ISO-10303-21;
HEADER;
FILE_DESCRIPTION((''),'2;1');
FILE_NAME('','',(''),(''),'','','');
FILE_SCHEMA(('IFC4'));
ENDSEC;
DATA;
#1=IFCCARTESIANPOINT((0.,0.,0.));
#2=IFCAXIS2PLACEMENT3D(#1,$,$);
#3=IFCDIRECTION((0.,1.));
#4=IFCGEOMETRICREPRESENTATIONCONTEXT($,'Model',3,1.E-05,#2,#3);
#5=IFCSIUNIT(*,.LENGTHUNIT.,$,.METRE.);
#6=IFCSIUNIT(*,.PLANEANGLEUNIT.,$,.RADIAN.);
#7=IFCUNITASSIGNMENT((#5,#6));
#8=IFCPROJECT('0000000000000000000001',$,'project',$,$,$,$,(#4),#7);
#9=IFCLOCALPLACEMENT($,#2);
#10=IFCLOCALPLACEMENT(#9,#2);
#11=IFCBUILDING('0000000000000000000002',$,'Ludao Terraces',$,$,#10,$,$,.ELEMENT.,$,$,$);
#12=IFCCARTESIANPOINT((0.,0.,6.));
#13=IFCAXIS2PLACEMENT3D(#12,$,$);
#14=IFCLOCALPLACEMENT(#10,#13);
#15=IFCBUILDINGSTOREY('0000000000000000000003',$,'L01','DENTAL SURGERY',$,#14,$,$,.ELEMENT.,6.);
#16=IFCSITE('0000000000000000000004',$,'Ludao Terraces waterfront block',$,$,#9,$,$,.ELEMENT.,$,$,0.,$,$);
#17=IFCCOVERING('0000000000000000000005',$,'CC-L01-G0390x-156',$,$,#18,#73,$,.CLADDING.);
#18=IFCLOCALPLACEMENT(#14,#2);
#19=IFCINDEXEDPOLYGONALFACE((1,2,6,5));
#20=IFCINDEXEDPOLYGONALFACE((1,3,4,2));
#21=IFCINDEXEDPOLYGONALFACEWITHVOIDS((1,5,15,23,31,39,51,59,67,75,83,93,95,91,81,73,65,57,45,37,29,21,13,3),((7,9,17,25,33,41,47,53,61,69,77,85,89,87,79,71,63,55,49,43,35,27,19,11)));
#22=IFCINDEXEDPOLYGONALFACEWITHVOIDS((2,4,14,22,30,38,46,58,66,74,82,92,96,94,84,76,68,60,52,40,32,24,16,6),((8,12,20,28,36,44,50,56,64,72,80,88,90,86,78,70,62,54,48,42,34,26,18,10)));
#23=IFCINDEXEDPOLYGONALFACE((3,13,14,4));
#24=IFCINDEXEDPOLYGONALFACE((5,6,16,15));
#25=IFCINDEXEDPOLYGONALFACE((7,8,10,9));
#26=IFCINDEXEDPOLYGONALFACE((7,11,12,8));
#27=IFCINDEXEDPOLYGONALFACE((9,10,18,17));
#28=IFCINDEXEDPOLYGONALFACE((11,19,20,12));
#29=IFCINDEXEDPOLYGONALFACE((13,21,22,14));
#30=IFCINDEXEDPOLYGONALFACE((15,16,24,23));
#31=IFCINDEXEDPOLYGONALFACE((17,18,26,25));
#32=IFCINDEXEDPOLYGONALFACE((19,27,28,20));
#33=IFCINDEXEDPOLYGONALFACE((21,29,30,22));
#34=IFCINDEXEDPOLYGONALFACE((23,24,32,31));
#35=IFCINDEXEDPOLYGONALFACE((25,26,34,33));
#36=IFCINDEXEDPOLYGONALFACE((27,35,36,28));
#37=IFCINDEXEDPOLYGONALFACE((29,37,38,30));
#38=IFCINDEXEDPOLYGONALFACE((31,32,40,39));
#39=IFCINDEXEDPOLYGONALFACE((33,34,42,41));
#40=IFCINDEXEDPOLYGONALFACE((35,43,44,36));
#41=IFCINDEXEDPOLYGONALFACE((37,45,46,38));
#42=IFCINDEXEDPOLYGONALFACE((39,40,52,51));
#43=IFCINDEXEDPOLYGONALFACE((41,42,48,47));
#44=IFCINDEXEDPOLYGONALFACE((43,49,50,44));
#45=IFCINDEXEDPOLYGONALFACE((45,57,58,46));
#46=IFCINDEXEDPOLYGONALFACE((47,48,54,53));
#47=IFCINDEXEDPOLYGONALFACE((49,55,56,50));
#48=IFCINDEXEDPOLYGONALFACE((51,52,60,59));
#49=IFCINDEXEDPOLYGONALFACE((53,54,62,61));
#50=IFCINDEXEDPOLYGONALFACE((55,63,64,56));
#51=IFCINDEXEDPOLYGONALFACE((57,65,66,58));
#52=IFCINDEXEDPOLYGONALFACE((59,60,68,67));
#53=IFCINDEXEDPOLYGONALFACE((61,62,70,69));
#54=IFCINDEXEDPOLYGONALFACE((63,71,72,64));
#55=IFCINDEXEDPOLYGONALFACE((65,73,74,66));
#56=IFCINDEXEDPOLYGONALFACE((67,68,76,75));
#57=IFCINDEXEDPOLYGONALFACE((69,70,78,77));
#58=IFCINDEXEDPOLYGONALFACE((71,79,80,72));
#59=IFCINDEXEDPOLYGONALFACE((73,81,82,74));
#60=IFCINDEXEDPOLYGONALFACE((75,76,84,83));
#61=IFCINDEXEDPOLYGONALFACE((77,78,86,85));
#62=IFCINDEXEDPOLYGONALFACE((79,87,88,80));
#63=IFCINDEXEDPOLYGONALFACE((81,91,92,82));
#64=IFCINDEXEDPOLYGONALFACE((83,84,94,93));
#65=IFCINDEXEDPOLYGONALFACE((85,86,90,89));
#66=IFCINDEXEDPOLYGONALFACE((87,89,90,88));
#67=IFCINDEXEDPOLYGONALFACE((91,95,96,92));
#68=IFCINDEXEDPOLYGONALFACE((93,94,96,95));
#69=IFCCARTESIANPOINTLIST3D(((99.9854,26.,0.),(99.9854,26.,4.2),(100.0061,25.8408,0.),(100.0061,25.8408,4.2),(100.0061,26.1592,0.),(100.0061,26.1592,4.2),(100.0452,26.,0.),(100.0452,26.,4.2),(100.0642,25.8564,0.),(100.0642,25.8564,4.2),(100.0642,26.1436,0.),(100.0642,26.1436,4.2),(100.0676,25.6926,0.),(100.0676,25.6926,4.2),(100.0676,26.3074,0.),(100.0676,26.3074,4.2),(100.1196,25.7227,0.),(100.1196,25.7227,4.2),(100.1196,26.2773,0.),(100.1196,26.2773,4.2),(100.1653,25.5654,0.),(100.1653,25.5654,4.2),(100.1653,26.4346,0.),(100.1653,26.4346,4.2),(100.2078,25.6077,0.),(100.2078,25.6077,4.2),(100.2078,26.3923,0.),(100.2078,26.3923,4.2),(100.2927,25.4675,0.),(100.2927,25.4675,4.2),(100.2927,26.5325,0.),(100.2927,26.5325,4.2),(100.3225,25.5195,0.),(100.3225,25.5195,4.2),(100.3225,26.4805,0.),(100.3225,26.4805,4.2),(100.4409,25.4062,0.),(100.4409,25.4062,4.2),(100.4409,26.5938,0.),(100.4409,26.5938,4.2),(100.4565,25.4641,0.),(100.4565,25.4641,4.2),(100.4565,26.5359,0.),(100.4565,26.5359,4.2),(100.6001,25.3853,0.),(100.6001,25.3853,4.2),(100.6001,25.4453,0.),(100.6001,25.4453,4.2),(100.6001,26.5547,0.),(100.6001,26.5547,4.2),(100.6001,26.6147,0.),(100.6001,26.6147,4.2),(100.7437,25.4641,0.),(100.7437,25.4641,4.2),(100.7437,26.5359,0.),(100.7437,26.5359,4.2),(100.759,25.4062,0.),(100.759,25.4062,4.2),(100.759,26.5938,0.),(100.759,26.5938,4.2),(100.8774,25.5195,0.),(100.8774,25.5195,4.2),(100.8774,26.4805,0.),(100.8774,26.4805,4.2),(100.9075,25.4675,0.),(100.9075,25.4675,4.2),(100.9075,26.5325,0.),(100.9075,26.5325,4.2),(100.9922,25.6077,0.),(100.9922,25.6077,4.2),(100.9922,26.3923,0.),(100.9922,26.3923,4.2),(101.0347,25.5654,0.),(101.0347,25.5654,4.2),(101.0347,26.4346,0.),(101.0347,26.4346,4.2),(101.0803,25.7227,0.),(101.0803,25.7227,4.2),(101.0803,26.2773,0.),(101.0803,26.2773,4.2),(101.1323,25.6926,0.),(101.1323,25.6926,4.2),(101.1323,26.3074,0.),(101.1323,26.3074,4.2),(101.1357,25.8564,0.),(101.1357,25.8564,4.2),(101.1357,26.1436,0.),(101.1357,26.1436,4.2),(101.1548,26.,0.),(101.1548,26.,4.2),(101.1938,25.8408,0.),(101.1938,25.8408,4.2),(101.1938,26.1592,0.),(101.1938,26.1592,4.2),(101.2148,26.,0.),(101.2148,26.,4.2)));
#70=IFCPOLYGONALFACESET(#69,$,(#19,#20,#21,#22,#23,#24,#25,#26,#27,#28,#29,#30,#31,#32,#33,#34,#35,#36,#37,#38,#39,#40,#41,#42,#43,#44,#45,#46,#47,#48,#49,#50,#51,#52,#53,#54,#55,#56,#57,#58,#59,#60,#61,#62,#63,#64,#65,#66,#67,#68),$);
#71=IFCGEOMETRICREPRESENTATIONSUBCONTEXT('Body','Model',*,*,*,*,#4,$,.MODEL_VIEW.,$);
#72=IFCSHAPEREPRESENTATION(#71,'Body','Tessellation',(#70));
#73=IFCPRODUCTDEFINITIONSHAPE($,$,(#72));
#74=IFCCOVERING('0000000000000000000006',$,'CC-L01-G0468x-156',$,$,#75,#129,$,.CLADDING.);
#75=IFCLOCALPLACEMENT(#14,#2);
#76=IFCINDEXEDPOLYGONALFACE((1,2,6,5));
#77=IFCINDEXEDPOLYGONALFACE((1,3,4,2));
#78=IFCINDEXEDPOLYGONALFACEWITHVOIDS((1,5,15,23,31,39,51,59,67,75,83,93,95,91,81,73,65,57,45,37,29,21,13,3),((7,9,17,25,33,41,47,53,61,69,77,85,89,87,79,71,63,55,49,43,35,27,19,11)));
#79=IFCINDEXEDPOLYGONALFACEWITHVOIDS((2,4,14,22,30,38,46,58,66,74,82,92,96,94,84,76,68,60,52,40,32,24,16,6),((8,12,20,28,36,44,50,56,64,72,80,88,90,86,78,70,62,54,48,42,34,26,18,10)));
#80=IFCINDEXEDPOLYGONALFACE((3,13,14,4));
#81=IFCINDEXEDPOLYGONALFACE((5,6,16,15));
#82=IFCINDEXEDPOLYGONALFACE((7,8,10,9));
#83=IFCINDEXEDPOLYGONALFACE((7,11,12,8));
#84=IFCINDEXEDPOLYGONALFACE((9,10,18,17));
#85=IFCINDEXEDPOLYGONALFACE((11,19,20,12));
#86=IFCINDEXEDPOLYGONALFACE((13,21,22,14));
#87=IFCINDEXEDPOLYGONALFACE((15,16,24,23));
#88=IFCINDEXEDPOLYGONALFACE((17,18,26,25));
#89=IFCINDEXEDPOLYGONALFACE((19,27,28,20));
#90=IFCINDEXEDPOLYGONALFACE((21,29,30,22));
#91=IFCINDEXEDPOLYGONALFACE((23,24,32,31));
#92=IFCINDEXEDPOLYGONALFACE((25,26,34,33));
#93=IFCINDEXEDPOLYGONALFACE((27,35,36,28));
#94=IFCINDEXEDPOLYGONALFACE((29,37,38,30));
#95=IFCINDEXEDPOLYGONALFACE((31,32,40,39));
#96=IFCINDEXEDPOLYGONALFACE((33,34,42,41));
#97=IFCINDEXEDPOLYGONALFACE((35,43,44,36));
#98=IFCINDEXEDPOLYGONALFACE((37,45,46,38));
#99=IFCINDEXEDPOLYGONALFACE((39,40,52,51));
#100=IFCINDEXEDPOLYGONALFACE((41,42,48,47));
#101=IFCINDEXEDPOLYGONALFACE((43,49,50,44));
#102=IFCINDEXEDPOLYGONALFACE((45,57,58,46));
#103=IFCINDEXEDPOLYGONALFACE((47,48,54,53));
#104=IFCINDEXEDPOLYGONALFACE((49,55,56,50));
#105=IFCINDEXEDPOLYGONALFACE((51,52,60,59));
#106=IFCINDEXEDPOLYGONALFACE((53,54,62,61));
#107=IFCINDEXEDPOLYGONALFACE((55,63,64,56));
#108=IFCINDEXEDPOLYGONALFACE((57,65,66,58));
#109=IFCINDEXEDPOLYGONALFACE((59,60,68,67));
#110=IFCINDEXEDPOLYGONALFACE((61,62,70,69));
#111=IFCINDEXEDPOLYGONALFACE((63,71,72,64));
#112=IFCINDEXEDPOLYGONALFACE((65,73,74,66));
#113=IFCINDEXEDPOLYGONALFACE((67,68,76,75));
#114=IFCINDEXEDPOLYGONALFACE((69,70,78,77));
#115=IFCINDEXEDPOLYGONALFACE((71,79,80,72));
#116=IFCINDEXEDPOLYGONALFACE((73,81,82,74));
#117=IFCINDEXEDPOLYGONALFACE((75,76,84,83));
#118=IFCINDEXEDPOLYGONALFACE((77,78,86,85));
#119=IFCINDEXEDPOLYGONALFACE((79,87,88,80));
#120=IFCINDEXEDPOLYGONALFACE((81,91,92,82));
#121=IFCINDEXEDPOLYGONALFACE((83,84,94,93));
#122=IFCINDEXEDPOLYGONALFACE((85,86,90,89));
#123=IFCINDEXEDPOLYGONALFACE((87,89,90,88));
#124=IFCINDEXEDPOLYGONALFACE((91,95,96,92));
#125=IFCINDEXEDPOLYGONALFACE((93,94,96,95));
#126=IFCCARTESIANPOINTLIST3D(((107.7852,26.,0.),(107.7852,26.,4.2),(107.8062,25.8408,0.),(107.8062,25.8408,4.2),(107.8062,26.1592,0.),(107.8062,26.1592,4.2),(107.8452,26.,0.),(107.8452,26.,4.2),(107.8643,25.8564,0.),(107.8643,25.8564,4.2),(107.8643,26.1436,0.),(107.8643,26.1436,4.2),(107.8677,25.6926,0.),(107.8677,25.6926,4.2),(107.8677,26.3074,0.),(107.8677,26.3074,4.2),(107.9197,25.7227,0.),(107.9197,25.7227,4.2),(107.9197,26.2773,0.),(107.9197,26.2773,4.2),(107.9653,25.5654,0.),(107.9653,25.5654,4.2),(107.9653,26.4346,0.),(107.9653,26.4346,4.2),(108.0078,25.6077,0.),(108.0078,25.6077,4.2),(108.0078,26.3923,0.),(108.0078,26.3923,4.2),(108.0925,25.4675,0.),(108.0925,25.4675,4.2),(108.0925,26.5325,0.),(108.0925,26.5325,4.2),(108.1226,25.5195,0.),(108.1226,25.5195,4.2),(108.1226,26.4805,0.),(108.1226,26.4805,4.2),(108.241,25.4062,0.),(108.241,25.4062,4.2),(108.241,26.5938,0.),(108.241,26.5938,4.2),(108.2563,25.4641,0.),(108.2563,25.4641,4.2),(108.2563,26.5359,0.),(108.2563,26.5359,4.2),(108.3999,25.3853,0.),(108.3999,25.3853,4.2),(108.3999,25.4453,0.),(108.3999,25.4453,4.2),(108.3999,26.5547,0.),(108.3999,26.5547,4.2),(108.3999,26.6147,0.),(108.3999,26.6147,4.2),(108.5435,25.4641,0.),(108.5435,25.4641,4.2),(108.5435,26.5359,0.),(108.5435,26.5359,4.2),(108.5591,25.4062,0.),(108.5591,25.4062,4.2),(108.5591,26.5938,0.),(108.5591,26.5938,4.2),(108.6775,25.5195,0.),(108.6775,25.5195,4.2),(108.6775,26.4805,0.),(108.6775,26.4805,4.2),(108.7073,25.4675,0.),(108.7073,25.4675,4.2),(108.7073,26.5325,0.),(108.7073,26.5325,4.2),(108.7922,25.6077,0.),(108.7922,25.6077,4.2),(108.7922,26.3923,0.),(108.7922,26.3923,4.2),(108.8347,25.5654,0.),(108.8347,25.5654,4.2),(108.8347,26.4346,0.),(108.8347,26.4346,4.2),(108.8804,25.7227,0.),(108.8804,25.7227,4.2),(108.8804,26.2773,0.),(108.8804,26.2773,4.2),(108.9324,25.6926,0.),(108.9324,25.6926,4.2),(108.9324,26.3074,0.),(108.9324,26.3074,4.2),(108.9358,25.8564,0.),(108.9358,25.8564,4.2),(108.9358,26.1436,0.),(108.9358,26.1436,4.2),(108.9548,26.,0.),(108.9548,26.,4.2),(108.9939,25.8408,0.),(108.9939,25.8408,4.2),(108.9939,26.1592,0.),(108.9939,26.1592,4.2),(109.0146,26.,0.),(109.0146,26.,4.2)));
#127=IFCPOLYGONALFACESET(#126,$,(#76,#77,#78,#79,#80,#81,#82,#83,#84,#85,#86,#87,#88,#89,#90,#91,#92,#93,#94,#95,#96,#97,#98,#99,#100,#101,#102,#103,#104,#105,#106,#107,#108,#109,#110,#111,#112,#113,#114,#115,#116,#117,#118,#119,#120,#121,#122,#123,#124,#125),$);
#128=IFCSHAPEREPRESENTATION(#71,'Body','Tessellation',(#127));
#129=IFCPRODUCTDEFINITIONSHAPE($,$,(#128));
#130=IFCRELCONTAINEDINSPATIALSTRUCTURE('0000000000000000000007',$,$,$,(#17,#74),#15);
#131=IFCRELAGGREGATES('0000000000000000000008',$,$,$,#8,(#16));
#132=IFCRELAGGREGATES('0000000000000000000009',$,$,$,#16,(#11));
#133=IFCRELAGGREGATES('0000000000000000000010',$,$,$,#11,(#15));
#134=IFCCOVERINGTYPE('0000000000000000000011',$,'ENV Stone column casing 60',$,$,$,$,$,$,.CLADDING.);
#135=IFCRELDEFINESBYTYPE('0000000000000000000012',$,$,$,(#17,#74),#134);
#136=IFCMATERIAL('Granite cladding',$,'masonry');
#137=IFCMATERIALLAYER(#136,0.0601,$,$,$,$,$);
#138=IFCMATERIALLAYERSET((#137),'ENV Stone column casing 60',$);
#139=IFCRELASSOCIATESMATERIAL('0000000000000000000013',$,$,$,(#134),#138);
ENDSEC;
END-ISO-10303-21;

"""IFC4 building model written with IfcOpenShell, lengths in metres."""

from ifc_helpers import new_model, si_unit, direction, frame, origin, place, context, subcontext, project, spatial, polyline, outline, extrude, material, layer, layer_set, type_object, element, save


model = new_model("IFC4")

# Units and contexts
model_context = context("Model", 3, precision=1e-05, world=origin(), true_north=direction((0.0, 1.0)))
body_context = subcontext(model_context, "Body", "Model", "MODEL_VIEW")
ifc_project = project(units=[si_unit("LENGTHUNIT", "METRE"), si_unit("PLANEANGLEUNIT", "RADIAN")], contexts=[model_context])

# Site, building, storey
site_placement = place(None, origin())
site = spatial("IfcSite", under=ifc_project, at=site_placement, Name="Ludao Terraces waterfront block", CompositionType="ELEMENT", RefElevation=0.0)
building_placement = place(site_placement, origin())
building = spatial("IfcBuilding", under=site, at=building_placement, Name="Ludao Terraces", CompositionType="ELEMENT")
storey_placement = place(building_placement, frame((0.0, 0.0, 6.0)))
storey = spatial("IfcBuildingStorey", under=building, at=storey_placement, Name="L01", Description="DENTAL SURGERY", CompositionType="ELEMENT", Elevation=6.0)

# Coverings
ifc_material_1 = material(Name="Granite cladding", Category="masonry")
ifc_layer_1 = layer(ifc_material_1, 0.0601)
ifc_layer_set_1 = layer_set([ifc_layer_1], Name="ENV Stone column casing 60")
covering_type = type_object("IfcCoveringType", Name="ENV Stone column casing 60", PredefinedType="CLADDING", material=ifc_layer_set_1)
covering_1_placement = place(storey_placement, origin())
element("IfcCovering", 1, at=covering_1_placement, inside=storey, type_object=covering_type, Name="CC-L01-G0390x-156", PredefinedType="CLADDING", context=body_context, shape_type="SweptSolid", body=[
    extrude(outline(polyline([(101.2148, 26.0), (101.1938, 26.1592), (101.1323, 26.3074), (101.0347, 26.4346), (100.9075, 26.5325), (100.759, 26.5938), (100.6001, 26.6147), (100.4409, 26.5938), (100.2927, 26.5325), (100.1653, 26.4346), (100.0676, 26.3074), (100.0061, 26.1592), (99.9854, 26.0), (100.0061, 25.8408), (100.0676, 25.6926), (100.1653, 25.5654), (100.2927, 25.4675), (100.4409, 25.4062), (100.6001, 25.3853), (100.759, 25.4062), (100.9075, 25.4675), (101.0347, 25.5654), (101.1323, 25.6926), (101.1938, 25.8408), (101.2148, 26.0)]), holes=[polyline([(101.1357, 25.8564), (101.0803, 25.7227), (100.9922, 25.6077), (100.8774, 25.5195), (100.7437, 25.4641), (100.6001, 25.4453), (100.4565, 25.4641), (100.3225, 25.5195), (100.2078, 25.6077), (100.1196, 25.7227), (100.0642, 25.8564), (100.0452, 26.0), (100.0642, 26.1436), (100.1196, 26.2773), (100.2078, 26.3923), (100.3225, 26.4805), (100.4565, 26.5359), (100.6001, 26.5547), (100.7437, 26.5359), (100.8774, 26.4805), (100.9922, 26.3923), (101.0803, 26.2773), (101.1357, 26.1436), (101.1548, 26.0), (101.1357, 25.8564)])]), origin(), (0.0, 0.0, 1.0), 4.2),
])
covering_2_placement = place(storey_placement, origin())
element("IfcCovering", 2, at=covering_2_placement, inside=storey, type_object=covering_type, Name="CC-L01-G0468x-156", PredefinedType="CLADDING", context=body_context, shape_type="SweptSolid", body=[
    extrude(outline(polyline([(109.0146, 26.0), (108.9939, 26.1592), (108.9324, 26.3074), (108.8347, 26.4346), (108.7073, 26.5325), (108.5591, 26.5938), (108.3999, 26.6147), (108.241, 26.5938), (108.0925, 26.5325), (107.9653, 26.4346), (107.8677, 26.3074), (107.8062, 26.1592), (107.7852, 26.0), (107.8062, 25.8408), (107.8677, 25.6926), (107.9653, 25.5654), (108.0925, 25.4675), (108.241, 25.4062), (108.3999, 25.3853), (108.5591, 25.4062), (108.7073, 25.4675), (108.8347, 25.5654), (108.9324, 25.6926), (108.9939, 25.8408), (109.0146, 26.0)]), holes=[polyline([(108.9358, 25.8564), (108.8804, 25.7227), (108.7922, 25.6077), (108.6775, 25.5195), (108.5435, 25.4641), (108.3999, 25.4453), (108.2563, 25.4641), (108.1226, 25.5195), (108.0078, 25.6077), (107.9197, 25.7227), (107.8643, 25.8564), (107.8452, 26.0), (107.8643, 26.1436), (107.9197, 26.2773), (108.0078, 26.3923), (108.1226, 26.4805), (108.2563, 26.5359), (108.3999, 26.5547), (108.5435, 26.5359), (108.6775, 26.4805), (108.7922, 26.3923), (108.8804, 26.2773), (108.9358, 26.1436), (108.9548, 26.0), (108.9358, 25.8564)])]), origin(), (0.0, 0.0, 1.0), 4.2),
])

save(model, "model.ifc")
